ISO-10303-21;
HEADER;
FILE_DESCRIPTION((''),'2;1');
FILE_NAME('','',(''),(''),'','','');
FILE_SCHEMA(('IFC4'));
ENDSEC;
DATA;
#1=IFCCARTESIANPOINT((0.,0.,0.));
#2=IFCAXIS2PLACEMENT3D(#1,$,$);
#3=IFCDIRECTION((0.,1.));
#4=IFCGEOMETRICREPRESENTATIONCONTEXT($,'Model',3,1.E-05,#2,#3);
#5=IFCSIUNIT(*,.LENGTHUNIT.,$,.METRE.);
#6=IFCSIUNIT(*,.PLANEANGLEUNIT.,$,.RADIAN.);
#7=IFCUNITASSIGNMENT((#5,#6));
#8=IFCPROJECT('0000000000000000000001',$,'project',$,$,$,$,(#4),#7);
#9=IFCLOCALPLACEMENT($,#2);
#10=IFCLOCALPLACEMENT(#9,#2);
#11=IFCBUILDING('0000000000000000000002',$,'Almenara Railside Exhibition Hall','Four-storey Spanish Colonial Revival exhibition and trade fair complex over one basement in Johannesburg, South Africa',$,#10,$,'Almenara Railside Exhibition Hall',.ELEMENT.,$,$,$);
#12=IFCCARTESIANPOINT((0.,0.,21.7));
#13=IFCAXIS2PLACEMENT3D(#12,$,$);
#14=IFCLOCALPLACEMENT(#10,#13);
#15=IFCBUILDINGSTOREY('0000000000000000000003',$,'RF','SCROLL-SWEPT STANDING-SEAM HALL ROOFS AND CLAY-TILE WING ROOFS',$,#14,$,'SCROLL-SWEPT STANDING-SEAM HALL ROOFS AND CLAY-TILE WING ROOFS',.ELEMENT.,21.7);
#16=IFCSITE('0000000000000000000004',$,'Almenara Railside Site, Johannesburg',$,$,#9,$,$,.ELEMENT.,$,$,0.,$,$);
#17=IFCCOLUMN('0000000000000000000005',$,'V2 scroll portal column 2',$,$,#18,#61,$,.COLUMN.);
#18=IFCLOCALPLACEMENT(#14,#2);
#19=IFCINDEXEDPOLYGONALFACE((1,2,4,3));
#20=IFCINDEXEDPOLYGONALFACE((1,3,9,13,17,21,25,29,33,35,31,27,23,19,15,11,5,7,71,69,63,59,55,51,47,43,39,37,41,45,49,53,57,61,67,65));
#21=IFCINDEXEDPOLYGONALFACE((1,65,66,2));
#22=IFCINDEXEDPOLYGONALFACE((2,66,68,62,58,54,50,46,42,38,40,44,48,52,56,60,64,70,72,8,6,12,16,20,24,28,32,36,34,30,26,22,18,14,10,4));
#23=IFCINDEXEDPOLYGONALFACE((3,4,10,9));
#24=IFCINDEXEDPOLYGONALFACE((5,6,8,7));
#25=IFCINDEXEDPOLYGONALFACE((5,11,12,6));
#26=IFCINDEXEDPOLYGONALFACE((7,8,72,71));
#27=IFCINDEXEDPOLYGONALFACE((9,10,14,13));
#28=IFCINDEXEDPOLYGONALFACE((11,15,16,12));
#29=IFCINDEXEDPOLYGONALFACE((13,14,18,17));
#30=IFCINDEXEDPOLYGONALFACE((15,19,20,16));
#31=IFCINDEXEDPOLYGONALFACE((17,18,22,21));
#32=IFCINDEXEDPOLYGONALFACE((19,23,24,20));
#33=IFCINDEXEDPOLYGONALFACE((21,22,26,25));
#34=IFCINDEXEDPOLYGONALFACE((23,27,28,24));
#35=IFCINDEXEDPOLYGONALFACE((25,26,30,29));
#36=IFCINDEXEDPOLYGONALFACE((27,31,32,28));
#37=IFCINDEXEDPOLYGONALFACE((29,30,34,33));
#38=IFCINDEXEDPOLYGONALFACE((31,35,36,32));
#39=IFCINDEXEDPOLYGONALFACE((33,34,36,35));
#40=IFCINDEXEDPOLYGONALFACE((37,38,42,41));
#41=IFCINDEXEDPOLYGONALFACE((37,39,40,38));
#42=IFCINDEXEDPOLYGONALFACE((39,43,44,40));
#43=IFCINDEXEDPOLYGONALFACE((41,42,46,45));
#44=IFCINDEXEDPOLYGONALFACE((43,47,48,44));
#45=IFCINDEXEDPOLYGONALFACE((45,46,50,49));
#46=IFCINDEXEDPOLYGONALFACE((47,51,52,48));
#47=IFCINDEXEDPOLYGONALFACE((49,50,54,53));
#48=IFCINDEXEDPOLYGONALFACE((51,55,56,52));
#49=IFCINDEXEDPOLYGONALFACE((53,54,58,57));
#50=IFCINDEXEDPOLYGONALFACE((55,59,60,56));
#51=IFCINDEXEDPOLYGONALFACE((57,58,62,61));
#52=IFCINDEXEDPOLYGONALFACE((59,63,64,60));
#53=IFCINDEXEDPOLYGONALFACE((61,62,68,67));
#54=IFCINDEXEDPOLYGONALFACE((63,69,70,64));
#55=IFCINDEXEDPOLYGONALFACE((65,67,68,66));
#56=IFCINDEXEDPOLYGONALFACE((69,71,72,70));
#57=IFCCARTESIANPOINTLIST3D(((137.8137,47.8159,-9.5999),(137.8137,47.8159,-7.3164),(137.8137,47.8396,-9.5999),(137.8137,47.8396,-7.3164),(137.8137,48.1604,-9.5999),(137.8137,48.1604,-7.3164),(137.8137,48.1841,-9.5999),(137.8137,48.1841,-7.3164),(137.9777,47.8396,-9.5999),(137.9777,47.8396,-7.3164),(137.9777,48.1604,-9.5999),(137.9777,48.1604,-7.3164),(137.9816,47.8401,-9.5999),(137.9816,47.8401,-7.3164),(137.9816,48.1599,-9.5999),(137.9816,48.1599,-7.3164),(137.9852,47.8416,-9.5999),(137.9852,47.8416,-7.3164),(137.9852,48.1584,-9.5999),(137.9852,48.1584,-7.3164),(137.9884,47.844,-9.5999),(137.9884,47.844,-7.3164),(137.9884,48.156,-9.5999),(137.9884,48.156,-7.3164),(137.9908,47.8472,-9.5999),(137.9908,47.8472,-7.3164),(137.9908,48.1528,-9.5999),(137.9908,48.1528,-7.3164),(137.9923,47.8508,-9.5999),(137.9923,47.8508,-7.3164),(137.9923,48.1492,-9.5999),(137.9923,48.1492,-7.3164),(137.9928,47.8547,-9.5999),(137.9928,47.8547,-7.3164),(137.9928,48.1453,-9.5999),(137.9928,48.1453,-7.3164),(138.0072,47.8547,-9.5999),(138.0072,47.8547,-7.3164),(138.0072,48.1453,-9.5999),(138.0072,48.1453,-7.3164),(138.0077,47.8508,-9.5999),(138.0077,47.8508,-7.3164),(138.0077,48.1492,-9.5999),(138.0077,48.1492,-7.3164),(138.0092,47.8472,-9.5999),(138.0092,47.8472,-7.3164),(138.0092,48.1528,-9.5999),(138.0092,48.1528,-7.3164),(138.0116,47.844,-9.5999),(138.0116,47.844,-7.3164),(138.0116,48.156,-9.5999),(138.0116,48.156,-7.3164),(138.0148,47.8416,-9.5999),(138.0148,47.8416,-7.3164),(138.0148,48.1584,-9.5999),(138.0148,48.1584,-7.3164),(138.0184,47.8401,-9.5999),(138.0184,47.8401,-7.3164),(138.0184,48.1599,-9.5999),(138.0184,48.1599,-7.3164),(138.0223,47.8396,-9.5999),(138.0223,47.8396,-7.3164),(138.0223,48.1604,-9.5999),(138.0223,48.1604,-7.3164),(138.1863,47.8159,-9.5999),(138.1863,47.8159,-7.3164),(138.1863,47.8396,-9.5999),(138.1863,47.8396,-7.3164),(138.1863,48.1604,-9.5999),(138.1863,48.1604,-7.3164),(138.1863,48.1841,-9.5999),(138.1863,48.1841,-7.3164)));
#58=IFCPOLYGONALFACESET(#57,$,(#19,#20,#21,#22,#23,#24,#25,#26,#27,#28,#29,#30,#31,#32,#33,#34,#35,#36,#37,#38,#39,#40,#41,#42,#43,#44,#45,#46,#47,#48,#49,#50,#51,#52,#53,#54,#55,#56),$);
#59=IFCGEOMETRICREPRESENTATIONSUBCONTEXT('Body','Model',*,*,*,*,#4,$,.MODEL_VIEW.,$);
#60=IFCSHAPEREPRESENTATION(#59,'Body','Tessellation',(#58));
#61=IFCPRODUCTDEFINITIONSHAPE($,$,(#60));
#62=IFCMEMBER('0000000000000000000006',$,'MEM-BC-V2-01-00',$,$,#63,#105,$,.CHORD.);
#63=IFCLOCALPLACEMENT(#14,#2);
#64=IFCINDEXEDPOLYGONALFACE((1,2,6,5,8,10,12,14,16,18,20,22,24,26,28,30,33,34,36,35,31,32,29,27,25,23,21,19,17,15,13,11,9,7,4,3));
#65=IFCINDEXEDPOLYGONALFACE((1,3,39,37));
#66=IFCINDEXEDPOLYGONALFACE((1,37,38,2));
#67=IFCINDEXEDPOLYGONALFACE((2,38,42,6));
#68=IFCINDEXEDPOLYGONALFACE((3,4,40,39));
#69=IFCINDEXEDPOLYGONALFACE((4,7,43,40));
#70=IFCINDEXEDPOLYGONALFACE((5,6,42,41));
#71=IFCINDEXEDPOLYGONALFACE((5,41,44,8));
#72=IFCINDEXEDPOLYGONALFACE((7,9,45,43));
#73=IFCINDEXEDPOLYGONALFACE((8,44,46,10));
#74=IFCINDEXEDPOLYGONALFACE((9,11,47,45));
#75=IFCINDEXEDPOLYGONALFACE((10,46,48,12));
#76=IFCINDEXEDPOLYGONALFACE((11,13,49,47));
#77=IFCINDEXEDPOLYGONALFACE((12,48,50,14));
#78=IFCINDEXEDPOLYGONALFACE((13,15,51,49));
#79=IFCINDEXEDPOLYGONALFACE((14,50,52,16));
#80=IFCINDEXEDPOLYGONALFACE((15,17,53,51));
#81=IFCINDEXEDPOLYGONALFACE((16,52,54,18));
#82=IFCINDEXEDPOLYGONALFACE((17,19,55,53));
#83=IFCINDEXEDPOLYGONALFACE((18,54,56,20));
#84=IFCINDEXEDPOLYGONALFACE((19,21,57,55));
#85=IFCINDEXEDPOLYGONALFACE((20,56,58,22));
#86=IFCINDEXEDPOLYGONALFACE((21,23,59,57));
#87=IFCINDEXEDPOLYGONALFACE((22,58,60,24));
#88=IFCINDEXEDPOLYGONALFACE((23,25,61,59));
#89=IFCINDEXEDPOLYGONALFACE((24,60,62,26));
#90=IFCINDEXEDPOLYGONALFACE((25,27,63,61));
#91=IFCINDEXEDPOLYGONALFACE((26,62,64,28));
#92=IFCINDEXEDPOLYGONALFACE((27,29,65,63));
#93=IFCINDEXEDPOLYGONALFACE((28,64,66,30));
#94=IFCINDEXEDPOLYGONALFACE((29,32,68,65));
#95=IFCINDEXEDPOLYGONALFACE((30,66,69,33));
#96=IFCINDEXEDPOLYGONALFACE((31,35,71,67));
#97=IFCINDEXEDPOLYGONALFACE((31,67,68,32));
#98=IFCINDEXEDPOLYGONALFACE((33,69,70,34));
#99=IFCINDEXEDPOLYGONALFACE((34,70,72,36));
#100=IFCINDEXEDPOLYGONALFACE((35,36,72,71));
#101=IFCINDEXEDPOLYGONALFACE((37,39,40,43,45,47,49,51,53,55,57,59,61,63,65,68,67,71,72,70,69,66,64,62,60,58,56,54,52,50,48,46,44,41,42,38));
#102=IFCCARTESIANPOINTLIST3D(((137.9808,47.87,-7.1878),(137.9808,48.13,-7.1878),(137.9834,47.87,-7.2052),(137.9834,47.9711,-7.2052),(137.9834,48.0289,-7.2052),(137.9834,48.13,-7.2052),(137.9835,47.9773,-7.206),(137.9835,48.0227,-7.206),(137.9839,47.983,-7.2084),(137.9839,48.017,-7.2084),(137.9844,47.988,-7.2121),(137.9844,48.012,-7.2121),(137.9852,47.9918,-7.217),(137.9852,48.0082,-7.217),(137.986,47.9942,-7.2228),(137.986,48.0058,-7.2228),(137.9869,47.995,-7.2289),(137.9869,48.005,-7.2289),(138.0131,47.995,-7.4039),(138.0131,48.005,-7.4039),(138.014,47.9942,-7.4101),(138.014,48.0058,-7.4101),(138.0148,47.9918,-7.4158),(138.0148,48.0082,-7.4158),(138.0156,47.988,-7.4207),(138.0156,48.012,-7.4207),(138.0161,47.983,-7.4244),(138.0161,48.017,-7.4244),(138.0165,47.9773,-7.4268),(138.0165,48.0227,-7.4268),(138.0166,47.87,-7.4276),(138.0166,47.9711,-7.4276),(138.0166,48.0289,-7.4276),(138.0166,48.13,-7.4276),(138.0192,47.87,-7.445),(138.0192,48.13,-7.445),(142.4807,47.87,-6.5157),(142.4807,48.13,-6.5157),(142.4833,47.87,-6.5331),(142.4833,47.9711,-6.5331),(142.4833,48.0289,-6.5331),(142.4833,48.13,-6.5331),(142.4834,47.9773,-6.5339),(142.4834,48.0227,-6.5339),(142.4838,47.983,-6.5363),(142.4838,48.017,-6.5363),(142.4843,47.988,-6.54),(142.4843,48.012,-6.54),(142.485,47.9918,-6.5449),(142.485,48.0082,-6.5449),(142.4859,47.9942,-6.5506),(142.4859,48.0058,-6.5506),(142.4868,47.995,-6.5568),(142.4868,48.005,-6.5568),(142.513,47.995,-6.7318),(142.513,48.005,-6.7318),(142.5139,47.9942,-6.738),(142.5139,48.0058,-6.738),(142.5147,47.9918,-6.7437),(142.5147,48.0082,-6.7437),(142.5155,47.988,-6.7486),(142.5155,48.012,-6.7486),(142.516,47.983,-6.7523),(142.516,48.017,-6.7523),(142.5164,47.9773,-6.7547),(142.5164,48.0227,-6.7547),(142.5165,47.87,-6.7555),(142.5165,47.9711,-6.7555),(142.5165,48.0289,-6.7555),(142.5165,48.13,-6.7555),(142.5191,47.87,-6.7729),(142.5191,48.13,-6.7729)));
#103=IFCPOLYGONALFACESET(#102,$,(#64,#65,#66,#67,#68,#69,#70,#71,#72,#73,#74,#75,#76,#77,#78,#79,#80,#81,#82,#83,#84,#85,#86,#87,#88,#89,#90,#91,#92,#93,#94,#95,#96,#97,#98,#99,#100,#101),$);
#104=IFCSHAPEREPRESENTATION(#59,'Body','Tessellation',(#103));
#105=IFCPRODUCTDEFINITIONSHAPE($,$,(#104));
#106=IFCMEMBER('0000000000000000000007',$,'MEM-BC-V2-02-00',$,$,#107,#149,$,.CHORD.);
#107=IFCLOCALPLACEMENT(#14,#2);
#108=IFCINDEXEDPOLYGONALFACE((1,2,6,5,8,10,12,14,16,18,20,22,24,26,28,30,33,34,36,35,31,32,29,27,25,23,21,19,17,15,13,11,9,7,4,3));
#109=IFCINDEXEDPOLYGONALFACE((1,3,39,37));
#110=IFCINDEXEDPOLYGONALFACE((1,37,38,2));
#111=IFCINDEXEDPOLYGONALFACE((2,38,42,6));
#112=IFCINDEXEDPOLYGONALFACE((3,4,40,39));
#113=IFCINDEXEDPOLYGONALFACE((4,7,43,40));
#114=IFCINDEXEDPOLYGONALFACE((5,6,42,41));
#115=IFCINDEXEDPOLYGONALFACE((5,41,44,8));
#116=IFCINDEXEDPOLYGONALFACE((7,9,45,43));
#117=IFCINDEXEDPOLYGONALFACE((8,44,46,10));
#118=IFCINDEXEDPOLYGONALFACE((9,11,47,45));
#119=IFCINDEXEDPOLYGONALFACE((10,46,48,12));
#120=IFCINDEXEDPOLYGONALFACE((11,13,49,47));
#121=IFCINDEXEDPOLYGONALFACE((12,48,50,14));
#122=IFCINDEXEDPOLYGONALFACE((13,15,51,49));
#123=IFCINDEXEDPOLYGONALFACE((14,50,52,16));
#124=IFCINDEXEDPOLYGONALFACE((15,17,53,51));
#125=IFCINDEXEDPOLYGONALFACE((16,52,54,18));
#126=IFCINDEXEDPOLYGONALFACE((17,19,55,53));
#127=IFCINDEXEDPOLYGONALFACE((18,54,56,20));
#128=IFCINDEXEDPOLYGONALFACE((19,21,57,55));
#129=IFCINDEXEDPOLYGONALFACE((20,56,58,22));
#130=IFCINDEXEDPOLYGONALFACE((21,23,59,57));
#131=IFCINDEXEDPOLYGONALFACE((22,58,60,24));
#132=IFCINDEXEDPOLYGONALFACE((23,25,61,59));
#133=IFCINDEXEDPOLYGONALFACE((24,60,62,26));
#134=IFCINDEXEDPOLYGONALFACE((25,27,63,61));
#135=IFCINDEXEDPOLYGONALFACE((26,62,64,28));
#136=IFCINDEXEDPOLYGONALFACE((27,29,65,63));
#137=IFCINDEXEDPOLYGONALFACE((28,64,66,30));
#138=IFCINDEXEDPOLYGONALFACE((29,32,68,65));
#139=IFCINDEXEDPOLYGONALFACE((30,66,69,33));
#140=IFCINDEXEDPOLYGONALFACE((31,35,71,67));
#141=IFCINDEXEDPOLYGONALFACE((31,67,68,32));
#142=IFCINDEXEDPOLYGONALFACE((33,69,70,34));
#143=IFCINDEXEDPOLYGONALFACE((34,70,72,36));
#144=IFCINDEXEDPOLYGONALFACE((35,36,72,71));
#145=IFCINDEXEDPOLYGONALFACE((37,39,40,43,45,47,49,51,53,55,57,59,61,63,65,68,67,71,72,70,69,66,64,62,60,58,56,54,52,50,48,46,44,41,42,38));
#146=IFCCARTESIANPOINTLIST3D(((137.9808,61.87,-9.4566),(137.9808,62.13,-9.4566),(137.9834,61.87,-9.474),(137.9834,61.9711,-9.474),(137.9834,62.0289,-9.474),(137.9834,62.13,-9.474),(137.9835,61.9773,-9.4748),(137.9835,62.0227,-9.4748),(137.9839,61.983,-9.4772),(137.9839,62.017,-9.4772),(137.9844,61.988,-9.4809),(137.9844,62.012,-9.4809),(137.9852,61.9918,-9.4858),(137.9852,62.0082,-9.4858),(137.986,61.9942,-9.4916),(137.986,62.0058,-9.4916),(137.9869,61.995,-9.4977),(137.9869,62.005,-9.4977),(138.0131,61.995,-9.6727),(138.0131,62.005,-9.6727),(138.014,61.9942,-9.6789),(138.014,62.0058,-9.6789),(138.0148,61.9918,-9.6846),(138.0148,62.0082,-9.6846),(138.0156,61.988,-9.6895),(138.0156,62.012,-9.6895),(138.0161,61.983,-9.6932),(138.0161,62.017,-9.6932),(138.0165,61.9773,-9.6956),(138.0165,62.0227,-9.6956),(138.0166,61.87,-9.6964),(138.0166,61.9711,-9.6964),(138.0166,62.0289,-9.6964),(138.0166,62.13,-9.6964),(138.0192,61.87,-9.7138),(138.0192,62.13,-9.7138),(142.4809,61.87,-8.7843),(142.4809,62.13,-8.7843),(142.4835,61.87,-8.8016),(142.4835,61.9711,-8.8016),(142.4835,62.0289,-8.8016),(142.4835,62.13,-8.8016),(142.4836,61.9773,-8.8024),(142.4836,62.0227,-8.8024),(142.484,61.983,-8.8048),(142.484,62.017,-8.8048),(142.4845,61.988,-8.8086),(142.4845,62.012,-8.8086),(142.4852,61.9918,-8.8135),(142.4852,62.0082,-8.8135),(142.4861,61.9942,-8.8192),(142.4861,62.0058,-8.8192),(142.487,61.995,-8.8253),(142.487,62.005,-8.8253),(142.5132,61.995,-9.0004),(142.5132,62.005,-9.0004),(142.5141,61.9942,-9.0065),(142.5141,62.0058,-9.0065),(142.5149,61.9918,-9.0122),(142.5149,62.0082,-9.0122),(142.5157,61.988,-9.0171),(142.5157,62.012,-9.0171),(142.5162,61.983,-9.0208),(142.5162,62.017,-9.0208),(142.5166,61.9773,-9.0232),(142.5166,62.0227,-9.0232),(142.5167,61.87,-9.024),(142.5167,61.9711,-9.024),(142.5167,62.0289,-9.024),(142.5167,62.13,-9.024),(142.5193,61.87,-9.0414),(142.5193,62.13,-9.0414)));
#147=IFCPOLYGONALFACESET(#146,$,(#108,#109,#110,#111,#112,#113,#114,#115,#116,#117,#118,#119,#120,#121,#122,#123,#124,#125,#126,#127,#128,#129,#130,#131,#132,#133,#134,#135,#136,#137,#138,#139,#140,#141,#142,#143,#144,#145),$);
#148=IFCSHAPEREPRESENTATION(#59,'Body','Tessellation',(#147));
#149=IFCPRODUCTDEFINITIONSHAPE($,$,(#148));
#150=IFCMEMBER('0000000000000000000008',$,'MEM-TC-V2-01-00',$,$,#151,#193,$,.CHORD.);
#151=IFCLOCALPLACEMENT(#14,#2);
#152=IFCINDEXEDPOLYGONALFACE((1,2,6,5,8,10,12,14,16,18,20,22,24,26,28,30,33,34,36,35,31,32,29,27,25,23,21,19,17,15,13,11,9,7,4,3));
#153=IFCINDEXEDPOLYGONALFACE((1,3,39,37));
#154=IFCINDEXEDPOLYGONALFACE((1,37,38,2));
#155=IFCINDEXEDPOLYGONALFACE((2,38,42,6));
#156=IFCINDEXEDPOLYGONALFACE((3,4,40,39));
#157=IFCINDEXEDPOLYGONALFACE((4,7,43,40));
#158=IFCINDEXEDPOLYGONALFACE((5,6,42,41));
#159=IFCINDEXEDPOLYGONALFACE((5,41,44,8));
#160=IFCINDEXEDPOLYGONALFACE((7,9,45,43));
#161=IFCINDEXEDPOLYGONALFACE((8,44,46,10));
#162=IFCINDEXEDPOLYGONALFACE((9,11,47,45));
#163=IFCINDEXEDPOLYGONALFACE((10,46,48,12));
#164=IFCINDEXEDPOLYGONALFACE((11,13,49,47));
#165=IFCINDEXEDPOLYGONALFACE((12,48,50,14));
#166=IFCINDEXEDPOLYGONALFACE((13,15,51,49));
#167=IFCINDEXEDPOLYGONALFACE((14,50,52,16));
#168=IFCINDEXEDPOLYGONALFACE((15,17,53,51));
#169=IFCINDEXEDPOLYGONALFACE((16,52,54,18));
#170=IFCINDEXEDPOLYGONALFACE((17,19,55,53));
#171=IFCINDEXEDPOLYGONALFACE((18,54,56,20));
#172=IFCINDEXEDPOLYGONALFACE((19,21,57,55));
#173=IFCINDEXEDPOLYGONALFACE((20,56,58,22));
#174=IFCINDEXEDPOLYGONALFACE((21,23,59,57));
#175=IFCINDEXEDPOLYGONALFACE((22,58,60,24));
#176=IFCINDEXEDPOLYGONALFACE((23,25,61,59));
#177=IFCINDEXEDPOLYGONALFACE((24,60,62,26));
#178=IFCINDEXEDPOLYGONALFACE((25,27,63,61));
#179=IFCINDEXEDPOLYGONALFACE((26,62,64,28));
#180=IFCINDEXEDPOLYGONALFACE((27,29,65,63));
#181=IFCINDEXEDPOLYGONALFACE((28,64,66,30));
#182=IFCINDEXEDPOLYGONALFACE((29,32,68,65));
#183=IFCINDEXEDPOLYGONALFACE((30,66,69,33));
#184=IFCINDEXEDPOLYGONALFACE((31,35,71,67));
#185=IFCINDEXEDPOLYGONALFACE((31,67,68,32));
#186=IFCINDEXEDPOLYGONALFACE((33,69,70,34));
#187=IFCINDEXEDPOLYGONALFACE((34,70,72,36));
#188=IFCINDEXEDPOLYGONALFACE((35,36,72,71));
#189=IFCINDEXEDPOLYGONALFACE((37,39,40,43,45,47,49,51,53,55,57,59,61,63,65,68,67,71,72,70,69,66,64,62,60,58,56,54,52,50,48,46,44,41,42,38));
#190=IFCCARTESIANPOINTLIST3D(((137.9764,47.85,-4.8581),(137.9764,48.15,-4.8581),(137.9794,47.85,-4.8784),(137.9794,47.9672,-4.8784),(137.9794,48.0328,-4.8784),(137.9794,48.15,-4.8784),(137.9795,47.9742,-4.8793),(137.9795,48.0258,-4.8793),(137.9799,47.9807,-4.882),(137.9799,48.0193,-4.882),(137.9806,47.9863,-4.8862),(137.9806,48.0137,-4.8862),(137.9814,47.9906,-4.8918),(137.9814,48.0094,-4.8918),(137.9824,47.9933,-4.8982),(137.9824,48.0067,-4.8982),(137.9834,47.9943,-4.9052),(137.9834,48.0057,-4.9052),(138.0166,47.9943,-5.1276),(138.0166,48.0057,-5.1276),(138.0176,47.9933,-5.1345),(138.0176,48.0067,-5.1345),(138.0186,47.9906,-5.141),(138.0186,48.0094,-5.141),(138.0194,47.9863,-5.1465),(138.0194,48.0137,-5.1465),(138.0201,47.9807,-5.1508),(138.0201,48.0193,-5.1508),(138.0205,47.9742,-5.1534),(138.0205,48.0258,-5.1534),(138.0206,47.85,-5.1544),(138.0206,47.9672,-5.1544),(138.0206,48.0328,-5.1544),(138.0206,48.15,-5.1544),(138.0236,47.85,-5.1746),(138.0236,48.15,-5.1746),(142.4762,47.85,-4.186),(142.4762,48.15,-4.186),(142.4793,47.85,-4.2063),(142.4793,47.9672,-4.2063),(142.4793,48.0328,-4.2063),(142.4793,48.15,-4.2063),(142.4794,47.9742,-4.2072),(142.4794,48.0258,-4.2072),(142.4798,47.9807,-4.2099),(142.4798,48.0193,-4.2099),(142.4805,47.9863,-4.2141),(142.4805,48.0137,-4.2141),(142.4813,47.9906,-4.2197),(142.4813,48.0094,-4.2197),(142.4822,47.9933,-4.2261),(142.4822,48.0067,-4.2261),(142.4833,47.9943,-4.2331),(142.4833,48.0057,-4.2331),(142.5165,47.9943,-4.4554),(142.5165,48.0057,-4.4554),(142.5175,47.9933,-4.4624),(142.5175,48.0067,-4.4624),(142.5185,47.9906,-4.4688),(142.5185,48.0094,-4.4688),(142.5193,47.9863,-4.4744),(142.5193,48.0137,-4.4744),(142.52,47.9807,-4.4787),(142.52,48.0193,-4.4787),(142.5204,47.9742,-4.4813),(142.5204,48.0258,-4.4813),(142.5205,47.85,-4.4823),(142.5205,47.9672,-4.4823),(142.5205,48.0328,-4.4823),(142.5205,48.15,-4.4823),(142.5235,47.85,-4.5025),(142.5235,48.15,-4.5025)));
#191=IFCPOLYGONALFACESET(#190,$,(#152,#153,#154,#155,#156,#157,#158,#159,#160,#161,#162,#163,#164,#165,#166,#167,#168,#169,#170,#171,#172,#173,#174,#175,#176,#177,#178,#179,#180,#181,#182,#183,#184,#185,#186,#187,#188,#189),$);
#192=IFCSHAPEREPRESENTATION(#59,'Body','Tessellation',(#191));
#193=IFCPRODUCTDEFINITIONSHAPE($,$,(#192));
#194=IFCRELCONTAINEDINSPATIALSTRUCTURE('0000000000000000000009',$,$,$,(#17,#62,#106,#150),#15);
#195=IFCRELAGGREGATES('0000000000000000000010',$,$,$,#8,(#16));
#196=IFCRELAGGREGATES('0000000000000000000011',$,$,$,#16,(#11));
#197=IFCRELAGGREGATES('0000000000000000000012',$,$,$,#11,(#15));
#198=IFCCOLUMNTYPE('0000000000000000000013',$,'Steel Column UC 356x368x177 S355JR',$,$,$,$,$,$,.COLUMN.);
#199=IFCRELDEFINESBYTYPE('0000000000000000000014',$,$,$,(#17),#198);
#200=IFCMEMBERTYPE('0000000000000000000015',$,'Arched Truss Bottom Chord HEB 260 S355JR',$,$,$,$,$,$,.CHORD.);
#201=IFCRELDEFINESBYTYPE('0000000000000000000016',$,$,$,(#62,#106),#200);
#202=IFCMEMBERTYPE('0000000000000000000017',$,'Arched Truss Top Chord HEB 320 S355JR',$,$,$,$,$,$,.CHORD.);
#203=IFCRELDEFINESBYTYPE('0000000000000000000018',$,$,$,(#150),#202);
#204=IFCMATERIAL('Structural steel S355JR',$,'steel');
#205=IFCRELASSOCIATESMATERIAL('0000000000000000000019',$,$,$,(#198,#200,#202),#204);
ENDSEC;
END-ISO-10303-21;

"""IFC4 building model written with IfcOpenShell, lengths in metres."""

from ifc_helpers import new_model, si_unit, direction, frame, origin, origin_2d, place, context, subcontext, project, spatial, i_section, extrude, material, material_profile, profile_set, type_object, element, save


model = new_model("IFC4")

# Units and contexts
model_context = context("Model", 3, precision=1e-05, world=origin(), true_north=direction((0.0, 1.0)))
body_context = subcontext(model_context, "Body", "Model", "MODEL_VIEW")
ifc_project = project(units=[si_unit("LENGTHUNIT", "METRE"), si_unit("PLANEANGLEUNIT", "RADIAN")], contexts=[model_context])

# Site, building, storey
site_placement = place(None, origin())
site = spatial("IfcSite", under=ifc_project, at=site_placement, Name="Almenara Railside Site, Johannesburg", CompositionType="ELEMENT", RefElevation=0.0)
building_placement = place(site_placement, origin())
building = spatial("IfcBuilding", under=site, at=building_placement, Name="Almenara Railside Exhibition Hall", Description="Four-storey Spanish Colonial Revival exhibition and trade fair complex over one basement in Johannesburg, South Africa", LongName="Almenara Railside Exhibition Hall", CompositionType="ELEMENT")
storey_placement = place(building_placement, frame((0.0, 0.0, 21.7)))
storey = spatial("IfcBuildingStorey", under=building, at=storey_placement, Name="RF", Description="SCROLL-SWEPT STANDING-SEAM HALL ROOFS AND CLAY-TILE WING ROOFS", LongName="SCROLL-SWEPT STANDING-SEAM HALL ROOFS AND CLAY-TILE WING ROOFS", CompositionType="ELEMENT", Elevation=21.7)

# Column
ifc_material_1 = material(Name="Structural steel S355JR", Category="steel")
ifc_material_profile_1 = material_profile(ifc_material_1, i_section(OverallWidth=0.3726, OverallDepth=0.3682, WebThickness=0.0144, FlangeThickness=0.0237, FilletRadius=0.0151, at=origin_2d()), Name="UC 356x368x177")
ifc_profile_set_1 = profile_set([ifc_material_profile_1], Name="Structural steel S355JR")
column_type = type_object("IfcColumnType", Name="Steel Column UC 356x368x177 S355JR", PredefinedType="COLUMN", material=ifc_profile_set_1)
column_placement = place(storey_placement, frame((138.0, 48.0, -9.5999), z_axis=(0.0, 0.0, 1.0), x_axis=(1.0, 0.0, 0.0)))
element("IfcColumn", 1, at=column_placement, inside=storey, type_object=column_type, Name="V2 scroll portal column 2", PredefinedType="COLUMN", context=body_context, shape_type="SweptSolid", body=[
    extrude(i_section(OverallWidth=0.3726, OverallDepth=0.3682, WebThickness=0.0144, FlangeThickness=0.0237, FilletRadius=0.0151, at=origin_2d()), origin(), (0.0, 0.0, 1.0), 2.2834),
])

# Members
ifc_material_profile_2 = material_profile(ifc_material_1, i_section(OverallWidth=0.26, OverallDepth=0.26, WebThickness=0.01, FlangeThickness=0.0176, FilletRadius=0.0239, at=origin_2d()), Name="HEB 260")
ifc_profile_set_2 = profile_set([ifc_material_profile_2], Name="Structural steel S355JR")
member_type_1 = type_object("IfcMemberType", Name="Arched Truss Bottom Chord HEB 260 S355JR", PredefinedType="CHORD", material=ifc_profile_set_2)
member_1_placement = place(storey_placement, frame((138.0, 48.0, -7.3164), z_axis=(0.989029, 0.0, 0.147721), x_axis=(0.0, 1.0, 0.0)))
element("IfcMember", 2, at=member_1_placement, inside=storey, type_object=member_type_1, Name="MEM-BC-V2-01-00", PredefinedType="CHORD", context=body_context, shape_type="SweptSolid", body=[
    extrude(i_section(OverallWidth=0.26, OverallDepth=0.26, WebThickness=0.01, FlangeThickness=0.0176, FilletRadius=0.0239, at=origin_2d()), origin(), (0.0, 0.0, 1.0), 4.5498),
])
member_2_placement = place(storey_placement, frame((138.0, 62.0, -9.5852), z_axis=(0.989021, 0.0, 0.147774), x_axis=(0.0, 1.0, 0.0)))
element("IfcMember", 3, at=member_2_placement, inside=storey, type_object=member_type_1, Name="MEM-BC-V2-02-00", PredefinedType="CHORD", context=body_context, shape_type="SweptSolid", body=[
    extrude(i_section(OverallWidth=0.26, OverallDepth=0.26, WebThickness=0.01, FlangeThickness=0.0176, FilletRadius=0.0239, at=origin_2d()), origin(), (0.0, 0.0, 1.0), 4.55),
])
ifc_material_profile_3 = material_profile(ifc_material_1, i_section(OverallWidth=0.3, OverallDepth=0.3201, WebThickness=0.0115, FlangeThickness=0.0205, FilletRadius=0.0271, at=origin_2d()), Name="HEB 320")
ifc_profile_set_3 = profile_set([ifc_material_profile_3], Name="Structural steel S355JR")
member_type_2 = type_object("IfcMemberType", Name="Arched Truss Top Chord HEB 320 S355JR", PredefinedType="CHORD", material=ifc_profile_set_3)
for number, where, z_axis, x_axis, name in (
    (4, (138.0, 48.0, -5.0164), (0.989029, 0.0, 0.147721), (0.0, 1.0, 0.0), "MEM-TC-V2-01-00"),
):
    element("IfcMember", number, at=place(storey_placement, frame(where, z_axis=z_axis, x_axis=x_axis)), inside=storey, type_object=member_type_2, Name=name, PredefinedType="CHORD", context=body_context, shape_type="SweptSolid", body=[
        extrude(i_section(OverallWidth=0.3, OverallDepth=0.3201, WebThickness=0.0115, FlangeThickness=0.0205, FilletRadius=0.0271, at=origin_2d()), origin(), (0.0, 0.0, 1.0), 4.5498),
    ])

save(model, "model.ifc")
